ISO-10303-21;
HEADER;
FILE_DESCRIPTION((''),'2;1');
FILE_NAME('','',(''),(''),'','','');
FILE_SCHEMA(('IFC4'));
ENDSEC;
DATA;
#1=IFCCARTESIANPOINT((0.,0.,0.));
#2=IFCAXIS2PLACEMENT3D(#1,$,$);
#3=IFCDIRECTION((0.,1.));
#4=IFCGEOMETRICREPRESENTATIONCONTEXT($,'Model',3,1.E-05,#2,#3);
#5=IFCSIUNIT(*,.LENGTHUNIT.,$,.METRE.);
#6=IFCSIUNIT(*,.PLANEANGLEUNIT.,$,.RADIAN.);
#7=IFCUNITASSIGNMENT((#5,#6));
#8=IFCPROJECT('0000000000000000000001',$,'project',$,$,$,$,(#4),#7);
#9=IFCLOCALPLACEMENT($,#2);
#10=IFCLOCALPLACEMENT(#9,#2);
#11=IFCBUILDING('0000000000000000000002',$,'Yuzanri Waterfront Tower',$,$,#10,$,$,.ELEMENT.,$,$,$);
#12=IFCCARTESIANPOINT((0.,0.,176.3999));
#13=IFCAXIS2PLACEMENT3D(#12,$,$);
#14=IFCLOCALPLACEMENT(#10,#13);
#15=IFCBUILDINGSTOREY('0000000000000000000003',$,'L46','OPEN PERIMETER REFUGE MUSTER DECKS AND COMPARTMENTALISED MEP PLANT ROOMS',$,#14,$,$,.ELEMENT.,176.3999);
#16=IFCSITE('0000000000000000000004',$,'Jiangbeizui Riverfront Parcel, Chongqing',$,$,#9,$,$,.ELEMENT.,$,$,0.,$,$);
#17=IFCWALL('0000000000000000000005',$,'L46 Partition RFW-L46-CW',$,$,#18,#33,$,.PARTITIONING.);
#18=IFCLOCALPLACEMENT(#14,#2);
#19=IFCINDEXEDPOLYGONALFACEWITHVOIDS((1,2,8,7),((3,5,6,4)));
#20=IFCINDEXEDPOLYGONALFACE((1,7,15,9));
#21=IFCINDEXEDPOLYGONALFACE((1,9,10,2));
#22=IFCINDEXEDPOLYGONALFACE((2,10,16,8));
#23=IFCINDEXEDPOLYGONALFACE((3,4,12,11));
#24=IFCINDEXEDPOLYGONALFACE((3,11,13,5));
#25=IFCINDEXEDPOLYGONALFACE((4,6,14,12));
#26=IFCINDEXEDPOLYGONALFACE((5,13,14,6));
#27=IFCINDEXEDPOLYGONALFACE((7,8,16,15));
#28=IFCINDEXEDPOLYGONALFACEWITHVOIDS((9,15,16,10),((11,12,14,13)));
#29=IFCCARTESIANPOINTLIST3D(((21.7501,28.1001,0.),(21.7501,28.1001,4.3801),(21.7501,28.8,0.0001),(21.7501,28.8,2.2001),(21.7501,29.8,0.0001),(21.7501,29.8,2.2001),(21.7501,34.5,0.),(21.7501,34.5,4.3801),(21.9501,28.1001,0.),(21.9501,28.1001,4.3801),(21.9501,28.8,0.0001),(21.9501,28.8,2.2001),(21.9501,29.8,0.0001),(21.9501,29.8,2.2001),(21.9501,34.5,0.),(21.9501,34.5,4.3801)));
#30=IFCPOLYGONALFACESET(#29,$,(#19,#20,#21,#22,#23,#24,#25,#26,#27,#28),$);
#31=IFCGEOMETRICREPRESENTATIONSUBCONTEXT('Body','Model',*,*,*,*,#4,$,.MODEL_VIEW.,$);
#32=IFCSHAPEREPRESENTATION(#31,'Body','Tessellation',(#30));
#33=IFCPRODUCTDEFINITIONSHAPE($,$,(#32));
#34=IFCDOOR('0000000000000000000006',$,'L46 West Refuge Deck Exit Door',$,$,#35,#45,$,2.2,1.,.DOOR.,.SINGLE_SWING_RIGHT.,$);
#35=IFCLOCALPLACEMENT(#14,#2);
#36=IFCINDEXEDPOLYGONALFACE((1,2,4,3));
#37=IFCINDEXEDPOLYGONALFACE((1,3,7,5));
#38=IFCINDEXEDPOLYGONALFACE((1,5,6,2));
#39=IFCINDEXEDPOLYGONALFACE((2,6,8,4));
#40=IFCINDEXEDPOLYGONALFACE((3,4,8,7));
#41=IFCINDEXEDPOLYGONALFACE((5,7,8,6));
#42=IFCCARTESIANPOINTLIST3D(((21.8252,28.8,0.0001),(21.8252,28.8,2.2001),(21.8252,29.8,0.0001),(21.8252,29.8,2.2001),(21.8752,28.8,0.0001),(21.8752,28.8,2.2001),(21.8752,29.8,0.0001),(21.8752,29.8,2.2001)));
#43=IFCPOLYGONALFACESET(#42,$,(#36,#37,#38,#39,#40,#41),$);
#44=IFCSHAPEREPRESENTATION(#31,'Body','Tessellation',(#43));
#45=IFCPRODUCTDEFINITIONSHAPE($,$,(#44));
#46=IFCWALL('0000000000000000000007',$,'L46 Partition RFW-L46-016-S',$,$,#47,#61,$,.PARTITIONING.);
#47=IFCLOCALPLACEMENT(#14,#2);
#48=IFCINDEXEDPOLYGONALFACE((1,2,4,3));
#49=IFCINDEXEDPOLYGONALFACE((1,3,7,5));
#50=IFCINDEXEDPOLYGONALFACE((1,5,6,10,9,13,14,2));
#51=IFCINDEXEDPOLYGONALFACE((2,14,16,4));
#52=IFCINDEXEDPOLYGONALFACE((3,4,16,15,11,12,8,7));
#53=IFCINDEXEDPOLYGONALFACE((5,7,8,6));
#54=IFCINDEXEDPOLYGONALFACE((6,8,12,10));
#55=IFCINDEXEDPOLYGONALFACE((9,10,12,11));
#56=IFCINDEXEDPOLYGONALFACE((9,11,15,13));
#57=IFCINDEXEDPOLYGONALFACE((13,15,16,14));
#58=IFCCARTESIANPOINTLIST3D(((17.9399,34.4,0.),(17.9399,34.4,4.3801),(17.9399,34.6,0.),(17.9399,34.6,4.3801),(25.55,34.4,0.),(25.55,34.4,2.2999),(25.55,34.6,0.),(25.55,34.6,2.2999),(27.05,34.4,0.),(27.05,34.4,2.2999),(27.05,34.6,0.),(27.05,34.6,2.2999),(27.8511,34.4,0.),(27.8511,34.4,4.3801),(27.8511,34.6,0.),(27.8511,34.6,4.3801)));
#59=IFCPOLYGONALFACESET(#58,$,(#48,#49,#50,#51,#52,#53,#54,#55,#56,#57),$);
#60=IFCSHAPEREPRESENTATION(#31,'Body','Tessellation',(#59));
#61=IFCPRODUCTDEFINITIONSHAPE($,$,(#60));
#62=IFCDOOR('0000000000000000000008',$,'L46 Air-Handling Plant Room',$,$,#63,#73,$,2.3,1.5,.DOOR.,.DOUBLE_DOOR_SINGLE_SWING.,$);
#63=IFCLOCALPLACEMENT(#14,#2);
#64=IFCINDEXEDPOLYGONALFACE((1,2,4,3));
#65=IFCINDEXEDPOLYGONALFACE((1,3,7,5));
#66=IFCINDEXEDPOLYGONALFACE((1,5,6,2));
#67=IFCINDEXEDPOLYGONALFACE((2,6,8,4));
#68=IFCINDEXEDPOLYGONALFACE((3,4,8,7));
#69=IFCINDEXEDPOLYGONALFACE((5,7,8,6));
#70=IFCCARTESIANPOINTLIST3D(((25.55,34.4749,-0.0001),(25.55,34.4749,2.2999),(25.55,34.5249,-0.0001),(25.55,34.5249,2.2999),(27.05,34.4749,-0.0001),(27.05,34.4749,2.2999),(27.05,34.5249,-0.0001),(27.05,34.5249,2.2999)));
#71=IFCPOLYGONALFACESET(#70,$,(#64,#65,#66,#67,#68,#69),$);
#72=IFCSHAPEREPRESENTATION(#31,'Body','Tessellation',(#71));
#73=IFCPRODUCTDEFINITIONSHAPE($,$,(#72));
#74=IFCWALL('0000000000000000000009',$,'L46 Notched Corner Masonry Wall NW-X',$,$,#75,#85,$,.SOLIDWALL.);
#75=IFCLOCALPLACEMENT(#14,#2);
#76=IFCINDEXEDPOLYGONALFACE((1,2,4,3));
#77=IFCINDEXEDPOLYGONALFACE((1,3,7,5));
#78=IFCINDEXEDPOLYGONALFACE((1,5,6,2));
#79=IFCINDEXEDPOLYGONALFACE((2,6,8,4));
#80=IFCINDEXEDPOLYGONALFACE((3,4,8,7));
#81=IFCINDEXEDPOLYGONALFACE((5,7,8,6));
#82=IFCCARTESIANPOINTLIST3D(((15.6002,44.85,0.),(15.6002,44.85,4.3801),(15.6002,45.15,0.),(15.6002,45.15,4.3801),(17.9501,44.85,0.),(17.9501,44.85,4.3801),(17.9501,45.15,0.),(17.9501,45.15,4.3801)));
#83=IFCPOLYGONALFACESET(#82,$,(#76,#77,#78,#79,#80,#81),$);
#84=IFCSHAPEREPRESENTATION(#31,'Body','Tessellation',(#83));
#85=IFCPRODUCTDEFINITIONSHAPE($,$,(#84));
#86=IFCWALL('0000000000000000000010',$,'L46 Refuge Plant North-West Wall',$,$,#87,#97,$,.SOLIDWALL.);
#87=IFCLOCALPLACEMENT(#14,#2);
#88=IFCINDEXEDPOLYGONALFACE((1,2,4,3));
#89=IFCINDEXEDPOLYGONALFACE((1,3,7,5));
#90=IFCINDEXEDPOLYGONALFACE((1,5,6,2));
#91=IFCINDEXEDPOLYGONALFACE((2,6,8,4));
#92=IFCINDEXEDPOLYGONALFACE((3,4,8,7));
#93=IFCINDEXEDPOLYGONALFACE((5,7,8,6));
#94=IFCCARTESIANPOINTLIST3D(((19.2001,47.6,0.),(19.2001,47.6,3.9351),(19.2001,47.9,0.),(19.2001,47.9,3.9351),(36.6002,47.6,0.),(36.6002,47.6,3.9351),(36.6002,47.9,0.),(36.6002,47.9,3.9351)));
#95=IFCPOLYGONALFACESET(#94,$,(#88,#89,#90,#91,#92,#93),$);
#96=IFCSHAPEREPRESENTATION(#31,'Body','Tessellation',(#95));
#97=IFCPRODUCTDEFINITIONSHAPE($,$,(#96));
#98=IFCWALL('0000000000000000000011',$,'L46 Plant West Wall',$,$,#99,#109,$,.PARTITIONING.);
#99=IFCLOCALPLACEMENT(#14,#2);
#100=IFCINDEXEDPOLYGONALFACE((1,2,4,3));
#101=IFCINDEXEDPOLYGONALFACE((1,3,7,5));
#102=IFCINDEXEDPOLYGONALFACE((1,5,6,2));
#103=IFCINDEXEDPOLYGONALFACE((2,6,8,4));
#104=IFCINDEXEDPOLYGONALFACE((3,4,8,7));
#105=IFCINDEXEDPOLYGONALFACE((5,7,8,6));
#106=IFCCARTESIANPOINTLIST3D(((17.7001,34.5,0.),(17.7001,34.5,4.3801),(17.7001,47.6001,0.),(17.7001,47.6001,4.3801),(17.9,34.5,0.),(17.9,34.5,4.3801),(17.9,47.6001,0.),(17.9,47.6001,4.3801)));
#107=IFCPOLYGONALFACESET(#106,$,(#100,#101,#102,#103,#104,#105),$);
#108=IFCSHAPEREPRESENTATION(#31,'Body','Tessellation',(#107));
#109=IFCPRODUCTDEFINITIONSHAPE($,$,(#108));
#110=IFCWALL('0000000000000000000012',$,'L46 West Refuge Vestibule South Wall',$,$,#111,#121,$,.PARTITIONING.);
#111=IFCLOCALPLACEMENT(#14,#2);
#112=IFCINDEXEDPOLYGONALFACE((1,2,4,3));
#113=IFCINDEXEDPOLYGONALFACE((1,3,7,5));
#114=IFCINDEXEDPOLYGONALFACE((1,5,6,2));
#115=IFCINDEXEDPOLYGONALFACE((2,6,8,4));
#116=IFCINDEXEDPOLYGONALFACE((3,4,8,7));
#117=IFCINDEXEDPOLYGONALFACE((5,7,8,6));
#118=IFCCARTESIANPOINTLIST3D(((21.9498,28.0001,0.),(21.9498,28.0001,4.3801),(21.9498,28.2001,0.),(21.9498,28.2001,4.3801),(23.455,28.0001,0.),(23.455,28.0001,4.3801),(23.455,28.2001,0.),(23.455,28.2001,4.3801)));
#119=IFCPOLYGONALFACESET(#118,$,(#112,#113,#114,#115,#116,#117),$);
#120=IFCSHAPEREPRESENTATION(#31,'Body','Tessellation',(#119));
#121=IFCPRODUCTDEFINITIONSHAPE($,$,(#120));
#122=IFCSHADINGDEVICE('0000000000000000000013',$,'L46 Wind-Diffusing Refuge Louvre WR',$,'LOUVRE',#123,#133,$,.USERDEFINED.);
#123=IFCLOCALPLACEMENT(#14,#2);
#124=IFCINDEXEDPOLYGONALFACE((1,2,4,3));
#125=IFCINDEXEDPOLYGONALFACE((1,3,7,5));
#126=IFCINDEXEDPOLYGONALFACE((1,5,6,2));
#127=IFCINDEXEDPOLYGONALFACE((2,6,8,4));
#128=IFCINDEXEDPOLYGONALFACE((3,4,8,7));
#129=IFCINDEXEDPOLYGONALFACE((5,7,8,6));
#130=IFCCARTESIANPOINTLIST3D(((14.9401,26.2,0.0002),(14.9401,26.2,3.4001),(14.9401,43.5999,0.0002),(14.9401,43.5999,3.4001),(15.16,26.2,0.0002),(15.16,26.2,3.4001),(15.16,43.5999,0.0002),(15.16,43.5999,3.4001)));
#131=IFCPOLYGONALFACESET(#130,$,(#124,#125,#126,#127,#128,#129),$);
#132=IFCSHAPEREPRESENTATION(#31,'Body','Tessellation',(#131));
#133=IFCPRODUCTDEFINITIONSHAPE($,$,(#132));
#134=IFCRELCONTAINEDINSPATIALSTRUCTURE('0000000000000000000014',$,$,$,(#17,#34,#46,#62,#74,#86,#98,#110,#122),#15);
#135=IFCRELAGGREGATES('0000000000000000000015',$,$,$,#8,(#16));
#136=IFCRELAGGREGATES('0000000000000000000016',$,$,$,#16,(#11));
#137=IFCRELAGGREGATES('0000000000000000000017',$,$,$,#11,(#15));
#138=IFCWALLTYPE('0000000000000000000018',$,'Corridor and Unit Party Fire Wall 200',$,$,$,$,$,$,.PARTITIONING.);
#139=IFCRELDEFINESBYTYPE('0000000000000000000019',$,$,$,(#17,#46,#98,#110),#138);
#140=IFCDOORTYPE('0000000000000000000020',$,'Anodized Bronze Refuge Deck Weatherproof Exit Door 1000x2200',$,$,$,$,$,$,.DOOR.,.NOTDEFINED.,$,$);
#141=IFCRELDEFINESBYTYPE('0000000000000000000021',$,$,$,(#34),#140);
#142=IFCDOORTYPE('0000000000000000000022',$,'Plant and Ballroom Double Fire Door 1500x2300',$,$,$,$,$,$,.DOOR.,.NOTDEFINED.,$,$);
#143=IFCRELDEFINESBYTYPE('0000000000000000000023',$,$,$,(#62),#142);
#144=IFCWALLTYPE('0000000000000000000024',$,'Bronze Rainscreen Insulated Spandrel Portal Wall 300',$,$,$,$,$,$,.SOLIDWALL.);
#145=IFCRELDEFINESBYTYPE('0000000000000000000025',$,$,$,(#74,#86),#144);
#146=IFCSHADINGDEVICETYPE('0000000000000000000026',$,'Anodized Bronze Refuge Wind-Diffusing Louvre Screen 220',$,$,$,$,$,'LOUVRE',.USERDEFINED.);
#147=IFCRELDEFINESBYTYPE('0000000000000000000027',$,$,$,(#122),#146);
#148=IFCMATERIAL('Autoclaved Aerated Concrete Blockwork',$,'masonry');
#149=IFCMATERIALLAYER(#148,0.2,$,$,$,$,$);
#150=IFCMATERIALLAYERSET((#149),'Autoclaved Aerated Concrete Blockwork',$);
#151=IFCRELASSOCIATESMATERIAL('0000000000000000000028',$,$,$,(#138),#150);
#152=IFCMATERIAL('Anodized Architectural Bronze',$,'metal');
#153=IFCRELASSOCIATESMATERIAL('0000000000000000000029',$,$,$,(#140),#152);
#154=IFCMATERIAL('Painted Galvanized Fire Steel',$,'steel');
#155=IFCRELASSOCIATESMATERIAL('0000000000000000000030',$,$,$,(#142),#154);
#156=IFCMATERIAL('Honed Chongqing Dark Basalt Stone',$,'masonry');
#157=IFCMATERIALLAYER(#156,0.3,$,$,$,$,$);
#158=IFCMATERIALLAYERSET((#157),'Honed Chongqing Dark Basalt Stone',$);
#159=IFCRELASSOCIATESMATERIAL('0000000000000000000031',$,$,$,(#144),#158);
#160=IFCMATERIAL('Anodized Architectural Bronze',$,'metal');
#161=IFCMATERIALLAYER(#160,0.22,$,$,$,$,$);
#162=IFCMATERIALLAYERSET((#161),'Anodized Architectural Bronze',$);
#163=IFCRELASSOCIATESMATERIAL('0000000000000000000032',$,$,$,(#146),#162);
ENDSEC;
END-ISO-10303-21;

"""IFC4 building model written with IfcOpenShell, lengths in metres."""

from ifc_helpers import new_model, si_unit, direction, frame, frame_2d, origin, origin_2d, place, context, subcontext, project, spatial, rectangle, extrude, source, transform, mapped, material, layer, layer_set, type_object, element, fill, save


model = new_model("IFC4")

# Units and contexts
model_context = context("Model", 3, precision=1e-05, world=origin(), true_north=direction((0.0, 1.0)))
body_context = subcontext(model_context, "Body", "Model", "MODEL_VIEW")
ifc_project = project(units=[si_unit("LENGTHUNIT", "METRE"), si_unit("PLANEANGLEUNIT", "RADIAN")], contexts=[model_context])

# Site, building, storey
site_placement = place(None, origin())
site = spatial("IfcSite", under=ifc_project, at=site_placement, Name="Jiangbeizui Riverfront Parcel, Chongqing", CompositionType="ELEMENT", RefElevation=0.0)
building_placement = place(site_placement, origin())
building = spatial("IfcBuilding", under=site, at=building_placement, Name="Yuzanri Waterfront Tower", CompositionType="ELEMENT")
storey_placement = place(building_placement, frame((0.0, 0.0, 176.3999)))
storey = spatial("IfcBuildingStorey", under=building, at=storey_placement, Name="L46", Description="OPEN PERIMETER REFUGE MUSTER DECKS AND COMPARTMENTALISED MEP PLANT ROOMS", CompositionType="ELEMENT", Elevation=176.3999)

# Walls, openings, doors
ifc_material_1 = material(Name="Autoclaved Aerated Concrete Blockwork", Category="masonry")
ifc_layer_1 = layer(ifc_material_1, 0.2)
ifc_layer_set_1 = layer_set([ifc_layer_1], Name="Autoclaved Aerated Concrete Blockwork")
wall_type_1 = type_object("IfcWallType", Name="Corridor and Unit Party Fire Wall 200", PredefinedType="PARTITIONING", material=ifc_layer_set_1)
wall_1_placement = place(storey_placement, frame((21.8501, 28.1001, 0.0), z_axis=(0.0, 0.0, 1.0), x_axis=(0.0, 1.0, 0.0)))
wall_1 = element("IfcWall", 1, at=wall_1_placement, inside=storey, type_object=wall_type_1, Name="L46 Partition RFW-L46-CW", PredefinedType="PARTITIONING", context=body_context, shape_type="SweptSolid", body=[
    extrude(rectangle(XDim=6.3999, YDim=0.2, at=frame_2d((3.2, 0.0))), origin(), (0.0, 0.0, 1.0), 4.3801),
])
opening_1_placement = place(wall_1_placement, frame((0.7, 0.0, 0.0)))
opening_1 = element("IfcOpeningElement", 2, at=opening_1_placement, cuts=wall_1, PredefinedType="OPENING", context=body_context, shape_type="SweptSolid", body=[
    extrude(rectangle(XDim=1.0, YDim=2.2, at=frame_2d((0.5, 1.1001))), frame((0.0, 0.1147, 0.0), z_axis=(0.0, -1.0, 0.0), x_axis=(1.0, 0.0, 0.0)), (0.0, 0.0, 1.0), 0.2297),
])
ifc_material_2 = material(Name="Anodized Architectural Bronze", Category="metal")
door_type_1 = type_object("IfcDoorType", Name="Anodized Bronze Refuge Deck Weatherproof Exit Door 1000x2200", OperationType="NOTDEFINED", PredefinedType="DOOR", material=ifc_material_2)
shared_shape_1 = source(origin(), body_context, "Body", "SweptSolid", [
    extrude(rectangle(XDim=1.0, YDim=2.2, at=frame_2d((0.5, 1.1001))), frame((0.0, 0.0249, 0.0), z_axis=(0.0, -1.0, 0.0), x_axis=(1.0, 0.0, 0.0)), (0.0, 0.0, 1.0), 0.05),
])
door_1_placement = place(opening_1_placement, origin())
door_1 = element("IfcDoor", 3, at=door_1_placement, inside=storey, type_object=door_type_1, Name="L46 West Refuge Deck Exit Door", OperationType="SINGLE_SWING_RIGHT", OverallHeight=2.2, OverallWidth=1.0, PredefinedType="DOOR", context=body_context, shape_type="MappedRepresentation", body=[
    mapped(shared_shape_1, transform((0.0, 0.0, 0.0), scale=1.0)),
])
fill(opening_1, door_1)
wall_2_placement = place(storey_placement, frame((17.9399, 34.5, 0.0), z_axis=(0.0, 0.0, 1.0), x_axis=(1.0, 0.0, 0.0)))
wall_2 = element("IfcWall", 4, at=wall_2_placement, inside=storey, type_object=wall_type_1, Name="L46 Partition RFW-L46-016-S", PredefinedType="PARTITIONING", context=body_context, shape_type="SweptSolid", body=[
    extrude(rectangle(XDim=9.9111, YDim=0.2, at=frame_2d((4.9556, 0.0))), origin(), (0.0, 0.0, 1.0), 4.3801),
])
opening_2_placement = place(wall_2_placement, frame((7.6101, 0.0, 0.0)))
opening_2 = element("IfcOpeningElement", 5, at=opening_2_placement, cuts=wall_2, PredefinedType="OPENING", context=body_context, shape_type="SweptSolid", body=[
    extrude(rectangle(XDim=1.5, YDim=2.3, at=frame_2d((0.75, 1.1499))), frame((0.0, 0.1147, 0.0), z_axis=(0.0, -1.0, 0.0), x_axis=(1.0, 0.0, 0.0)), (0.0, 0.0, 1.0), 0.2297),
])
ifc_material_3 = material(Name="Painted Galvanized Fire Steel", Category="steel")
door_type_2 = type_object("IfcDoorType", Name="Plant and Ballroom Double Fire Door 1500x2300", OperationType="NOTDEFINED", PredefinedType="DOOR", material=ifc_material_3)
shared_shape_2 = source(origin(), body_context, "Body", "SweptSolid", [
    extrude(rectangle(XDim=1.5, YDim=2.3, at=frame_2d((0.75, 1.1499))), frame((0.0, 0.0249, 0.0), z_axis=(0.0, -1.0, 0.0), x_axis=(1.0, 0.0, 0.0)), (0.0, 0.0, 1.0), 0.05),
])
door_2_placement = place(opening_2_placement, origin())
door_2 = element("IfcDoor", 6, at=door_2_placement, inside=storey, type_object=door_type_2, Name="L46 Air-Handling Plant Room", OperationType="DOUBLE_DOOR_SINGLE_SWING", OverallHeight=2.3, OverallWidth=1.5, PredefinedType="DOOR", context=body_context, shape_type="MappedRepresentation", body=[
    mapped(shared_shape_2, transform((0.0, 0.0, 0.0), scale=1.0)),
])
fill(opening_2, door_2)

# Walls
ifc_material_4 = material(Name="Honed Chongqing Dark Basalt Stone", Category="masonry")
ifc_layer_2 = layer(ifc_material_4, 0.3)
ifc_layer_set_2 = layer_set([ifc_layer_2], Name="Honed Chongqing Dark Basalt Stone")
wall_type_2 = type_object("IfcWallType", Name="Bronze Rainscreen Insulated Spandrel Portal Wall 300", PredefinedType="SOLIDWALL", material=ifc_layer_set_2)
shared_shape_3 = source(origin(), body_context, "Body", "SweptSolid", [
    extrude(rectangle(XDim=2.3499, YDim=0.3, at=frame_2d((1.1748, 0.0))), origin(), (0.0, 0.0, 1.0), 4.3801),
])
wall_3_placement = place(storey_placement, frame((17.95, 45.0, 0.0), z_axis=(0.0, 0.0, 1.0), x_axis=(-1.0, 0.0, 0.0)))
element("IfcWall", 7, at=wall_3_placement, inside=storey, type_object=wall_type_2, Name="L46 Notched Corner Masonry Wall NW-X", PredefinedType="SOLIDWALL", context=body_context, shape_type="MappedRepresentation", body=[
    mapped(shared_shape_3, transform((0.0, 0.0, 0.0), scale=1.0)),
])
shared_shape_4 = source(origin(), body_context, "Body", "SweptSolid", [
    extrude(rectangle(XDim=17.4001, YDim=0.3, at=frame_2d((8.7002, 0.0))), origin(), (0.0, 0.0, 1.0), 3.9351),
])
wall_4_placement = place(storey_placement, frame((19.2, 47.75, 0.0), z_axis=(0.0, 0.0, 1.0), x_axis=(1.0, 0.0, 0.0)))
element("IfcWall", 8, at=wall_4_placement, inside=storey, type_object=wall_type_2, Name="L46 Refuge Plant North-West Wall", PredefinedType="SOLIDWALL", context=body_context, shape_type="MappedRepresentation", body=[
    mapped(shared_shape_4, transform((0.0, 0.0, 0.0), scale=1.0)),
])
shared_shape_5 = source(origin(), body_context, "Body", "SweptSolid", [
    extrude(rectangle(XDim=13.1001, YDim=0.2, at=frame_2d((6.55, 0.0))), origin(), (0.0, 0.0, 1.0), 4.3801),
])
wall_5_placement = place(storey_placement, frame((17.8, 34.5, 0.0), z_axis=(0.0, 0.0, 1.0), x_axis=(0.0, 1.0, 0.0)))
element("IfcWall", 9, at=wall_5_placement, inside=storey, type_object=wall_type_1, Name="L46 Plant West Wall", PredefinedType="PARTITIONING", context=body_context, shape_type="MappedRepresentation", body=[
    mapped(shared_shape_5, transform((0.0, 0.0, 0.0), scale=1.0)),
])
shared_shape_6 = source(origin(), body_context, "Body", "SweptSolid", [
    extrude(rectangle(XDim=1.5051, YDim=0.2, at=frame_2d((0.7524, 0.0))), origin(), (0.0, 0.0, 1.0), 4.3801),
])
wall_6_placement = place(storey_placement, frame((21.95, 28.1001, 0.0), z_axis=(0.0, 0.0, 1.0), x_axis=(1.0, 0.0, 0.0)))
element("IfcWall", 10, at=wall_6_placement, inside=storey, type_object=wall_type_1, Name="L46 West Refuge Vestibule South Wall", PredefinedType="PARTITIONING", context=body_context, shape_type="MappedRepresentation", body=[
    mapped(shared_shape_6, transform((0.0, 0.0, 0.0), scale=1.0)),
])

# Shading device
ifc_material_5 = material(Name="Anodized Architectural Bronze", Category="metal")
ifc_layer_3 = layer(ifc_material_5, 0.22)
ifc_layer_set_3 = layer_set([ifc_layer_3], Name="Anodized Architectural Bronze")
shading_device_type = type_object("IfcShadingDeviceType", Name="Anodized Bronze Refuge Wind-Diffusing Louvre Screen 220", ElementType="LOUVRE", PredefinedType="USERDEFINED", material=ifc_layer_set_3)
shared_shape_7 = source(origin(), body_context, "Body", "SweptSolid", [
    extrude(rectangle(XDim=0.22, YDim=17.3999, at=origin_2d()), origin(), (0.0, 0.0, 1.0), 3.3999),
])
shading_device_placement = place(storey_placement, frame((15.05, 34.8999, 0.0002), z_axis=(0.0, 0.0, 1.0), x_axis=(1.0, 0.0, 0.0)))
element("IfcShadingDevice", 11, at=shading_device_placement, inside=storey, type_object=shading_device_type, Name="L46 Wind-Diffusing Refuge Louvre WR", ObjectType="LOUVRE", PredefinedType="USERDEFINED", context=body_context, shape_type="MappedRepresentation", body=[
    mapped(shared_shape_7, transform((0.0, 0.0, 0.0), scale=1.0)),
])

save(model, "model.ifc")
